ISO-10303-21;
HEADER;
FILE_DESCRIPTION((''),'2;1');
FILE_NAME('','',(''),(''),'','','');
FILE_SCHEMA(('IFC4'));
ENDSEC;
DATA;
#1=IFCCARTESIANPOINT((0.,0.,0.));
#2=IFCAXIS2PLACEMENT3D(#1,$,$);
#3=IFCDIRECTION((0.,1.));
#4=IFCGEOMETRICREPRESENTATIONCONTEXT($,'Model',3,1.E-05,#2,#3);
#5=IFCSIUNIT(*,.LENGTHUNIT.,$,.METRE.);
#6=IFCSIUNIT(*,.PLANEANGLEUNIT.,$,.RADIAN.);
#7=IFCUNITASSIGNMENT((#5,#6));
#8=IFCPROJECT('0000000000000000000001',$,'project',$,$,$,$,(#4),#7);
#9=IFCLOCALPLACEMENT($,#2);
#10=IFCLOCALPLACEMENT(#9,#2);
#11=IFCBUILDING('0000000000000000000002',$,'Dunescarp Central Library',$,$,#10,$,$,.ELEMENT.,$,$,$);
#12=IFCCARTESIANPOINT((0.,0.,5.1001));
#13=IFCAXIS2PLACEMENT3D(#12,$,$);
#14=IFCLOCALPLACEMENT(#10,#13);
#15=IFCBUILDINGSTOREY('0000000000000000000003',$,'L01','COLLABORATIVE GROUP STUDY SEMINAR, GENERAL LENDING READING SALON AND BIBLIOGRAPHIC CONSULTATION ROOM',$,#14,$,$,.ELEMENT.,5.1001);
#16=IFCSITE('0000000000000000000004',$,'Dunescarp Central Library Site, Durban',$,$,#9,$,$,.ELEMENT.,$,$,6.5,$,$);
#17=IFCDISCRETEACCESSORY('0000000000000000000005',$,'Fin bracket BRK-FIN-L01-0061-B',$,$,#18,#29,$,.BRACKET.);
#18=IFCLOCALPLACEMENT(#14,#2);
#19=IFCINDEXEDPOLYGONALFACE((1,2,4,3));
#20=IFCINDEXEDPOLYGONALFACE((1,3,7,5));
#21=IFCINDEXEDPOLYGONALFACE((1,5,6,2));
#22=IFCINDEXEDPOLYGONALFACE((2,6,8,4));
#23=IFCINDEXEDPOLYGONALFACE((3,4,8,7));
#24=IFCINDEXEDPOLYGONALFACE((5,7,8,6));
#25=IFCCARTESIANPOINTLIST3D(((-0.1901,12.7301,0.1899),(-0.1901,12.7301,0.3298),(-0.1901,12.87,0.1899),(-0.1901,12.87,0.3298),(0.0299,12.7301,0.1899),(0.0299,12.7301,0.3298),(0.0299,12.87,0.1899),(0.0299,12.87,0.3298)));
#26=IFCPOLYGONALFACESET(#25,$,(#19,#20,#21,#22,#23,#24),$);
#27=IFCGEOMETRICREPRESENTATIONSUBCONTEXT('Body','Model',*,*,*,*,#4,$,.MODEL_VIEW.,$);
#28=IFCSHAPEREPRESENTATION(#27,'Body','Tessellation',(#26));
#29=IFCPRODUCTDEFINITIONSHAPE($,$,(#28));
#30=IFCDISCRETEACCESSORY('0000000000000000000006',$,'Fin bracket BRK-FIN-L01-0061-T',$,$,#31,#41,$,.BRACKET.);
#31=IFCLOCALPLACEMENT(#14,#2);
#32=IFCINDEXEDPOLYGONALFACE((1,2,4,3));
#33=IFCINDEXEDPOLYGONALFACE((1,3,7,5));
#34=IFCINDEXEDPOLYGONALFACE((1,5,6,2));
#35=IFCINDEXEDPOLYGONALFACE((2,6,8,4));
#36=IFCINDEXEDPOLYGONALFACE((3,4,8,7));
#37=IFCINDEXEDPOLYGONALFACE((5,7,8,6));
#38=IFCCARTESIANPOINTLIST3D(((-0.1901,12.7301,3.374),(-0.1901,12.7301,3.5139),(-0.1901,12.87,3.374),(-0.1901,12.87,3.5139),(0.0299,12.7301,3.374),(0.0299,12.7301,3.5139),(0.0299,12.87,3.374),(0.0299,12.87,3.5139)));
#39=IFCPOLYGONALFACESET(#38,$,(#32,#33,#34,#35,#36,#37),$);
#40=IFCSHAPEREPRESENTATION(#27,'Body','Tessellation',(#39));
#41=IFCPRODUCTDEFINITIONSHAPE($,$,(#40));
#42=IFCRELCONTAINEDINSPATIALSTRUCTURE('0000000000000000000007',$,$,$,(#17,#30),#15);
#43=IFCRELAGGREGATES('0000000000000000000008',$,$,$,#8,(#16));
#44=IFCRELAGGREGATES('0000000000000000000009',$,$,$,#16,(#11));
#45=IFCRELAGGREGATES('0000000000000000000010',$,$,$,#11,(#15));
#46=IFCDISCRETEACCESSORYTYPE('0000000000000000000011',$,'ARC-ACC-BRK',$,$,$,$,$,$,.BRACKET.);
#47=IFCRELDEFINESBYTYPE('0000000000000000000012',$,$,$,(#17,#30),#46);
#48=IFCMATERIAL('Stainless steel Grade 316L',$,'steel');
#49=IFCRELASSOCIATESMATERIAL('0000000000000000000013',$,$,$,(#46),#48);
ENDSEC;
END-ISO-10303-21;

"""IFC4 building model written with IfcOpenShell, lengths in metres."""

from ifc_helpers import new_model, si_unit, direction, frame, origin, origin_2d, place, context, subcontext, project, spatial, rectangle, extrude, material, type_object, element, save


model = new_model("IFC4")

# Units and contexts
model_context = context("Model", 3, precision=1e-05, world=origin(), true_north=direction((0.0, 1.0)))
body_context = subcontext(model_context, "Body", "Model", "MODEL_VIEW")
ifc_project = project(units=[si_unit("LENGTHUNIT", "METRE"), si_unit("PLANEANGLEUNIT", "RADIAN")], contexts=[model_context])

# Site, building, storey
site_placement = place(None, origin())
site = spatial("IfcSite", under=ifc_project, at=site_placement, Name="Dunescarp Central Library Site, Durban", CompositionType="ELEMENT", RefElevation=6.5)
building_placement = place(site_placement, origin())
building = spatial("IfcBuilding", under=site, at=building_placement, Name="Dunescarp Central Library", CompositionType="ELEMENT")
storey_placement = place(building_placement, frame((0.0, 0.0, 5.1001)))
storey = spatial("IfcBuildingStorey", under=building, at=storey_placement, Name="L01", Description="COLLABORATIVE GROUP STUDY SEMINAR, GENERAL LENDING READING SALON AND BIBLIOGRAPHIC CONSULTATION ROOM", CompositionType="ELEMENT", Elevation=5.1001)

# Discrete accessories
ifc_material_1 = material(Name="Stainless steel Grade 316L", Category="steel")
discrete_accessory_type = type_object("IfcDiscreteAccessoryType", Name="ARC-ACC-BRK", PredefinedType="BRACKET", material=ifc_material_1)
for number, where, z_axis, x_axis, name in (
    (1, (-0.0801, 12.8, 0.1899), (0.0, 0.0, 1.0), (-1.0, 0.0, 0.0), "Fin bracket BRK-FIN-L01-0061-B"),
    (2, (-0.0801, 12.8, 3.374), (0.0, 0.0, 1.0), (-1.0, 0.0, 0.0), "Fin bracket BRK-FIN-L01-0061-T"),
):
    element("IfcDiscreteAccessory", number, at=place(storey_placement, frame(where, z_axis=z_axis, x_axis=x_axis)), inside=storey, type_object=discrete_accessory_type, Name=name, PredefinedType="BRACKET", context=body_context, shape_type="SweptSolid", body=[
        extrude(rectangle(XDim=0.22, YDim=0.1399, at=origin_2d()), origin(), (0.0, 0.0, 1.0), 0.1399),
    ])

save(model, "model.ifc")
